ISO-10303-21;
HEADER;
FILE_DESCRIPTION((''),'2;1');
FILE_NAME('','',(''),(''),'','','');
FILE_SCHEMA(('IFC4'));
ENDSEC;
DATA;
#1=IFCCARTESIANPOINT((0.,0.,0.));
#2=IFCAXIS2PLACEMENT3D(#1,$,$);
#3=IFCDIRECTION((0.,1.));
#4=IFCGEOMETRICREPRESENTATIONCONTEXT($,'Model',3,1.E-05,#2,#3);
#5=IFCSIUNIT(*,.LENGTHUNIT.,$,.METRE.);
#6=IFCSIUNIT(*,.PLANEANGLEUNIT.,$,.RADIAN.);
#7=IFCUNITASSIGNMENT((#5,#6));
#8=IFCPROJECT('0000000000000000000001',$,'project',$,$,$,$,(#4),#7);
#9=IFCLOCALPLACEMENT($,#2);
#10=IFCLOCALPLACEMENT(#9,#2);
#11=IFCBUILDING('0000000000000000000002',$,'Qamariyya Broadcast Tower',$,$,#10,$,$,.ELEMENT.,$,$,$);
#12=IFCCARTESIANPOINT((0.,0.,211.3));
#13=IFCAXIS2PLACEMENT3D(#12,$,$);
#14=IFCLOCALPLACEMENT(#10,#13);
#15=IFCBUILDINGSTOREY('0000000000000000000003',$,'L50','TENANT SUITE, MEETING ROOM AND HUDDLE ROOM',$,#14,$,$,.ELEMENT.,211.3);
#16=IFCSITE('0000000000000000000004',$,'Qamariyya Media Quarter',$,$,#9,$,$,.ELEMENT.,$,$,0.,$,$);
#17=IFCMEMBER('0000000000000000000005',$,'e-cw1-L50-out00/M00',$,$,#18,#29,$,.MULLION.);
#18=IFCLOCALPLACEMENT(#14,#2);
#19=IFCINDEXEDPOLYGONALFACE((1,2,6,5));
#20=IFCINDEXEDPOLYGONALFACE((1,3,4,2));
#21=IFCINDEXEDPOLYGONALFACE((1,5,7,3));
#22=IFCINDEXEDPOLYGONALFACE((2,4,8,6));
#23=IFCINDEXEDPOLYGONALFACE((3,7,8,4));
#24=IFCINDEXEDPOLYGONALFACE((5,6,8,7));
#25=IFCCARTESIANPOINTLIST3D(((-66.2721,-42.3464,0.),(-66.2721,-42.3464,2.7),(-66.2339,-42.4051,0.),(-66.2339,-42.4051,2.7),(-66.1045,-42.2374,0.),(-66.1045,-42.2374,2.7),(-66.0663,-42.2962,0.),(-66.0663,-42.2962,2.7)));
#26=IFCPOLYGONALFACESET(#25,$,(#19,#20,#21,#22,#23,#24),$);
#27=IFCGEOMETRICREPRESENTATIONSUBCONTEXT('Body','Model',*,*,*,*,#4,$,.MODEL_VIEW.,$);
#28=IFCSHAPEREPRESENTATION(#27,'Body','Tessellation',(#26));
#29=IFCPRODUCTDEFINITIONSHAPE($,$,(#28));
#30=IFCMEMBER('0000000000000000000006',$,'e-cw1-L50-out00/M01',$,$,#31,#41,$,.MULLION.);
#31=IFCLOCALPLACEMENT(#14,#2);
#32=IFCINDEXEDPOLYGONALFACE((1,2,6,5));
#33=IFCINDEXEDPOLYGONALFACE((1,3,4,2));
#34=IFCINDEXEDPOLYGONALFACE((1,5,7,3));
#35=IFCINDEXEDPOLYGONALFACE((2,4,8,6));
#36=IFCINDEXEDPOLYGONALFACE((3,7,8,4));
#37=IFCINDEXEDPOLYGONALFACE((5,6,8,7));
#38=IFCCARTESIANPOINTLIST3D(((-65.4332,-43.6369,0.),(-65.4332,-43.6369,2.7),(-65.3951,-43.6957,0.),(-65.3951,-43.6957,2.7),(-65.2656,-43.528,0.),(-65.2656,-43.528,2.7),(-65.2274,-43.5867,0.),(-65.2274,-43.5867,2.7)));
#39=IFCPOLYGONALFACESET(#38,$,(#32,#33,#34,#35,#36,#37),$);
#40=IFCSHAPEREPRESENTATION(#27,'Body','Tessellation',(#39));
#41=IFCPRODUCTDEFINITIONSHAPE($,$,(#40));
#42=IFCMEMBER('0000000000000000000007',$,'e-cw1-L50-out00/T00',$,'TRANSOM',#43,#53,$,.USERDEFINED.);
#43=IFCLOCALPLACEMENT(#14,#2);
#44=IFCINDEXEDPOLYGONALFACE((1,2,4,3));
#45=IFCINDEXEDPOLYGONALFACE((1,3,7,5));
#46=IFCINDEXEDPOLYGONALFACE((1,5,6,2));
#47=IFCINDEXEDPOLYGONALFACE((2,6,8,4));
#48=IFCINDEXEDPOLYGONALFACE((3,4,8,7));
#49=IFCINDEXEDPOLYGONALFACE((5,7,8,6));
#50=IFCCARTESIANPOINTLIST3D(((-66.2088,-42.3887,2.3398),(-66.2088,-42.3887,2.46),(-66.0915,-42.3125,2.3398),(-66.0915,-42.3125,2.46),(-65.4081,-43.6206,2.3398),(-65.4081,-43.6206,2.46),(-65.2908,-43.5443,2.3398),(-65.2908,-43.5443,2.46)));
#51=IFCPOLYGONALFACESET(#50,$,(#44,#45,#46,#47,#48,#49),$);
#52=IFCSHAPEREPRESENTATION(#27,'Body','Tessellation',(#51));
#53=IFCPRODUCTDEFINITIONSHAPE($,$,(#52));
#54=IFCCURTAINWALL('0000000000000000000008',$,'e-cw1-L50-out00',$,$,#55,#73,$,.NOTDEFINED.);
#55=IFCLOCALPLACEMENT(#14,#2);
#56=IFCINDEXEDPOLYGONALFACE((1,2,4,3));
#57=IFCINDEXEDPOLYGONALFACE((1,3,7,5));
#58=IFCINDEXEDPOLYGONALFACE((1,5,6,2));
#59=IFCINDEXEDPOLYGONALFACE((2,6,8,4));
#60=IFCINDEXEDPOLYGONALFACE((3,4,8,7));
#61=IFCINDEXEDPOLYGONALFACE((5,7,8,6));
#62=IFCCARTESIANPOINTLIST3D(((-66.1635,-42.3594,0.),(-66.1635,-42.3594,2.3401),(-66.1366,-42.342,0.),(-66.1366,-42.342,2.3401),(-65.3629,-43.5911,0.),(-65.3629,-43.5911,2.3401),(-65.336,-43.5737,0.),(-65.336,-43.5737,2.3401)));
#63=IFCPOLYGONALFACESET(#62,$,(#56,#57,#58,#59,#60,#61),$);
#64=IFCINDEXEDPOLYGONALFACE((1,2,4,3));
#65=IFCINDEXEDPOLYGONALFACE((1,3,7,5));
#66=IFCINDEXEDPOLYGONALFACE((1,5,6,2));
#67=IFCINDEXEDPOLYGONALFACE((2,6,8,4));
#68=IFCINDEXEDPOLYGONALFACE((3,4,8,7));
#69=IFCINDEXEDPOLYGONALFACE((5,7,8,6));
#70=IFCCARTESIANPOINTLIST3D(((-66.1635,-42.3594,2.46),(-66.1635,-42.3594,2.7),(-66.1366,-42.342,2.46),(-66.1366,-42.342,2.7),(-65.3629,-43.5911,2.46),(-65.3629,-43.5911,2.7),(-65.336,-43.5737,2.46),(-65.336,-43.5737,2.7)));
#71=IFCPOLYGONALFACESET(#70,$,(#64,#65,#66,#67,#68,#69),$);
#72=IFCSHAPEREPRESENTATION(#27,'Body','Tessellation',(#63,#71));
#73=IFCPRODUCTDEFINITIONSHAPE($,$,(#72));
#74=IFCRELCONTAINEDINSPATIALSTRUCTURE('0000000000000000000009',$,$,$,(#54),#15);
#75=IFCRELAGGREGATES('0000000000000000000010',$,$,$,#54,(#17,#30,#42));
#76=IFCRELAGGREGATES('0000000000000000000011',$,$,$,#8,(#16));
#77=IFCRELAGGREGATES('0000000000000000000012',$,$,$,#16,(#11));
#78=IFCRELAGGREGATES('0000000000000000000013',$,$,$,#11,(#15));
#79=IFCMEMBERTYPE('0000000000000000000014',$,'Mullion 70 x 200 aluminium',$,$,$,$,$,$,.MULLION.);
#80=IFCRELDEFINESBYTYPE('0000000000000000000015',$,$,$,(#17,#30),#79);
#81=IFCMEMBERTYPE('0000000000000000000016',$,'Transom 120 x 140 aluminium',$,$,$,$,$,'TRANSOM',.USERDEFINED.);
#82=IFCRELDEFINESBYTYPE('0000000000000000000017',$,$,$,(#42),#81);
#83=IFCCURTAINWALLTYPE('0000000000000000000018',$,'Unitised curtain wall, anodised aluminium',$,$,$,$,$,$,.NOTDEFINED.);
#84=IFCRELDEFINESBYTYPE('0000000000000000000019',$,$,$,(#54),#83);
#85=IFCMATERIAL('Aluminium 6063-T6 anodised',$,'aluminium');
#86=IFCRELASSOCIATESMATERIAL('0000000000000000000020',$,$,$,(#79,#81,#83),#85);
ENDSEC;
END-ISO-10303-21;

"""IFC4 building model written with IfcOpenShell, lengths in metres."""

from ifc_helpers import new_model, si_unit, direction, frame, origin, origin_2d, place, context, subcontext, project, spatial, rectangle, extrude, material, material_profile, profile_set, type_object, element, aggregate, save


model = new_model("IFC4")

# Units and contexts
model_context = context("Model", 3, precision=1e-05, world=origin(), true_north=direction((0.0, 1.0)))
body_context = subcontext(model_context, "Body", "Model", "MODEL_VIEW")
ifc_project = project(units=[si_unit("LENGTHUNIT", "METRE"), si_unit("PLANEANGLEUNIT", "RADIAN")], contexts=[model_context])

# Members
ifc_material_1 = material(Name="Aluminium 6063-T6 anodised", Category="aluminium")
ifc_material_profile_1 = material_profile(ifc_material_1, rectangle(XDim=0.2, YDim=0.0701, at=origin_2d()))
ifc_profile_set_1 = profile_set([ifc_material_profile_1], Name="Aluminium 6063-T6 anodised")
member_type_1 = type_object("IfcMemberType", Name="Mullion 70 x 200 aluminium", PredefinedType="MULLION", material=ifc_profile_set_1)
site_placement = place(None, origin())
building_placement = place(site_placement, origin())
storey_placement = place(building_placement, frame((0.0, 0.0, 211.3)))
member_1_placement = place(storey_placement, frame((-66.1692, -42.3213, 0.0), z_axis=(0.0, 0.0, 1.0), x_axis=(0.838446, 0.544985, 0.0)))
member_1 = element("IfcMember", 1, at=member_1_placement, type_object=member_type_1, Name="e-cw1-L50-out00/M00", PredefinedType="MULLION", context=body_context, shape_type="SweptSolid", body=[
    extrude(rectangle(XDim=0.2, YDim=0.0701, at=origin_2d()), origin(), (0.0, 0.0, 1.0), 2.7),
])
member_2_placement = place(storey_placement, frame((-65.3303, -43.6118, 0.0), z_axis=(0.0, 0.0, 1.0), x_axis=(0.838446, 0.544985, 0.0)))
member_2 = element("IfcMember", 2, at=member_2_placement, type_object=member_type_1, Name="e-cw1-L50-out00/M01", PredefinedType="MULLION", context=body_context, shape_type="SweptSolid", body=[
    extrude(rectangle(XDim=0.2, YDim=0.0701, at=origin_2d()), origin(), (0.0, 0.0, 1.0), 2.7),
])
ifc_material_profile_2 = material_profile(ifc_material_1, rectangle(XDim=0.1399, YDim=0.1201, at=origin_2d()))
ifc_profile_set_2 = profile_set([ifc_material_profile_2], Name="Aluminium 6063-T6 anodised")
member_type_2 = type_object("IfcMemberType", Name="Transom 120 x 140 aluminium", ElementType="TRANSOM", PredefinedType="USERDEFINED", material=ifc_profile_set_2)
member_3_placement = place(storey_placement, frame((-66.1501, -42.3506, 2.3999), z_axis=(0.545, -0.838436, 0.0), x_axis=(0.838436, 0.545, 0.0)))
member_3 = element("IfcMember", 3, at=member_3_placement, type_object=member_type_2, Name="e-cw1-L50-out00/T00", ObjectType="TRANSOM", PredefinedType="USERDEFINED", context=body_context, shape_type="SweptSolid", body=[
    extrude(rectangle(XDim=0.1399, YDim=0.1201, at=origin_2d()), origin(), (0.0, 0.0, 1.0), 1.4692),
])

# Site, building, storey
site = spatial("IfcSite", under=ifc_project, at=site_placement, Name="Qamariyya Media Quarter", CompositionType="ELEMENT", RefElevation=0.0)
building = spatial("IfcBuilding", under=site, at=building_placement, Name="Qamariyya Broadcast Tower", CompositionType="ELEMENT")
storey = spatial("IfcBuildingStorey", under=building, at=storey_placement, Name="L50", Description="TENANT SUITE, MEETING ROOM AND HUDDLE ROOM", CompositionType="ELEMENT", Elevation=211.3)

# Curtain wall
curtain_wall_type = type_object("IfcCurtainWallType", Name="Unitised curtain wall, anodised aluminium", PredefinedType="NOTDEFINED", material=ifc_material_1)
curtain_wall_1_placement = place(storey_placement, origin())
curtain_wall_1 = element("IfcCurtainWall", 4, at=curtain_wall_1_placement, inside=storey, type_object=curtain_wall_type, Name="e-cw1-L50-out00", PredefinedType="NOTDEFINED", context=body_context, shape_type="SweptSolid", body=[
    extrude(rectangle(XDim=1.469, YDim=0.032, at=origin_2d()), frame((-65.7498, -42.9666, 0.0), x_axis=(0.544999, -0.838437, 0.0)), (0.0, 0.0, 1.0), 2.3401),
    extrude(rectangle(XDim=1.469, YDim=0.032, at=origin_2d()), frame((-65.7498, -42.9666, 2.46), x_axis=(0.544999, -0.838437, 0.0)), (0.0, 0.0, 1.0), 0.24),
])
aggregate(curtain_wall_1, [member_1, member_2, member_3])

save(model, "model.ifc")
